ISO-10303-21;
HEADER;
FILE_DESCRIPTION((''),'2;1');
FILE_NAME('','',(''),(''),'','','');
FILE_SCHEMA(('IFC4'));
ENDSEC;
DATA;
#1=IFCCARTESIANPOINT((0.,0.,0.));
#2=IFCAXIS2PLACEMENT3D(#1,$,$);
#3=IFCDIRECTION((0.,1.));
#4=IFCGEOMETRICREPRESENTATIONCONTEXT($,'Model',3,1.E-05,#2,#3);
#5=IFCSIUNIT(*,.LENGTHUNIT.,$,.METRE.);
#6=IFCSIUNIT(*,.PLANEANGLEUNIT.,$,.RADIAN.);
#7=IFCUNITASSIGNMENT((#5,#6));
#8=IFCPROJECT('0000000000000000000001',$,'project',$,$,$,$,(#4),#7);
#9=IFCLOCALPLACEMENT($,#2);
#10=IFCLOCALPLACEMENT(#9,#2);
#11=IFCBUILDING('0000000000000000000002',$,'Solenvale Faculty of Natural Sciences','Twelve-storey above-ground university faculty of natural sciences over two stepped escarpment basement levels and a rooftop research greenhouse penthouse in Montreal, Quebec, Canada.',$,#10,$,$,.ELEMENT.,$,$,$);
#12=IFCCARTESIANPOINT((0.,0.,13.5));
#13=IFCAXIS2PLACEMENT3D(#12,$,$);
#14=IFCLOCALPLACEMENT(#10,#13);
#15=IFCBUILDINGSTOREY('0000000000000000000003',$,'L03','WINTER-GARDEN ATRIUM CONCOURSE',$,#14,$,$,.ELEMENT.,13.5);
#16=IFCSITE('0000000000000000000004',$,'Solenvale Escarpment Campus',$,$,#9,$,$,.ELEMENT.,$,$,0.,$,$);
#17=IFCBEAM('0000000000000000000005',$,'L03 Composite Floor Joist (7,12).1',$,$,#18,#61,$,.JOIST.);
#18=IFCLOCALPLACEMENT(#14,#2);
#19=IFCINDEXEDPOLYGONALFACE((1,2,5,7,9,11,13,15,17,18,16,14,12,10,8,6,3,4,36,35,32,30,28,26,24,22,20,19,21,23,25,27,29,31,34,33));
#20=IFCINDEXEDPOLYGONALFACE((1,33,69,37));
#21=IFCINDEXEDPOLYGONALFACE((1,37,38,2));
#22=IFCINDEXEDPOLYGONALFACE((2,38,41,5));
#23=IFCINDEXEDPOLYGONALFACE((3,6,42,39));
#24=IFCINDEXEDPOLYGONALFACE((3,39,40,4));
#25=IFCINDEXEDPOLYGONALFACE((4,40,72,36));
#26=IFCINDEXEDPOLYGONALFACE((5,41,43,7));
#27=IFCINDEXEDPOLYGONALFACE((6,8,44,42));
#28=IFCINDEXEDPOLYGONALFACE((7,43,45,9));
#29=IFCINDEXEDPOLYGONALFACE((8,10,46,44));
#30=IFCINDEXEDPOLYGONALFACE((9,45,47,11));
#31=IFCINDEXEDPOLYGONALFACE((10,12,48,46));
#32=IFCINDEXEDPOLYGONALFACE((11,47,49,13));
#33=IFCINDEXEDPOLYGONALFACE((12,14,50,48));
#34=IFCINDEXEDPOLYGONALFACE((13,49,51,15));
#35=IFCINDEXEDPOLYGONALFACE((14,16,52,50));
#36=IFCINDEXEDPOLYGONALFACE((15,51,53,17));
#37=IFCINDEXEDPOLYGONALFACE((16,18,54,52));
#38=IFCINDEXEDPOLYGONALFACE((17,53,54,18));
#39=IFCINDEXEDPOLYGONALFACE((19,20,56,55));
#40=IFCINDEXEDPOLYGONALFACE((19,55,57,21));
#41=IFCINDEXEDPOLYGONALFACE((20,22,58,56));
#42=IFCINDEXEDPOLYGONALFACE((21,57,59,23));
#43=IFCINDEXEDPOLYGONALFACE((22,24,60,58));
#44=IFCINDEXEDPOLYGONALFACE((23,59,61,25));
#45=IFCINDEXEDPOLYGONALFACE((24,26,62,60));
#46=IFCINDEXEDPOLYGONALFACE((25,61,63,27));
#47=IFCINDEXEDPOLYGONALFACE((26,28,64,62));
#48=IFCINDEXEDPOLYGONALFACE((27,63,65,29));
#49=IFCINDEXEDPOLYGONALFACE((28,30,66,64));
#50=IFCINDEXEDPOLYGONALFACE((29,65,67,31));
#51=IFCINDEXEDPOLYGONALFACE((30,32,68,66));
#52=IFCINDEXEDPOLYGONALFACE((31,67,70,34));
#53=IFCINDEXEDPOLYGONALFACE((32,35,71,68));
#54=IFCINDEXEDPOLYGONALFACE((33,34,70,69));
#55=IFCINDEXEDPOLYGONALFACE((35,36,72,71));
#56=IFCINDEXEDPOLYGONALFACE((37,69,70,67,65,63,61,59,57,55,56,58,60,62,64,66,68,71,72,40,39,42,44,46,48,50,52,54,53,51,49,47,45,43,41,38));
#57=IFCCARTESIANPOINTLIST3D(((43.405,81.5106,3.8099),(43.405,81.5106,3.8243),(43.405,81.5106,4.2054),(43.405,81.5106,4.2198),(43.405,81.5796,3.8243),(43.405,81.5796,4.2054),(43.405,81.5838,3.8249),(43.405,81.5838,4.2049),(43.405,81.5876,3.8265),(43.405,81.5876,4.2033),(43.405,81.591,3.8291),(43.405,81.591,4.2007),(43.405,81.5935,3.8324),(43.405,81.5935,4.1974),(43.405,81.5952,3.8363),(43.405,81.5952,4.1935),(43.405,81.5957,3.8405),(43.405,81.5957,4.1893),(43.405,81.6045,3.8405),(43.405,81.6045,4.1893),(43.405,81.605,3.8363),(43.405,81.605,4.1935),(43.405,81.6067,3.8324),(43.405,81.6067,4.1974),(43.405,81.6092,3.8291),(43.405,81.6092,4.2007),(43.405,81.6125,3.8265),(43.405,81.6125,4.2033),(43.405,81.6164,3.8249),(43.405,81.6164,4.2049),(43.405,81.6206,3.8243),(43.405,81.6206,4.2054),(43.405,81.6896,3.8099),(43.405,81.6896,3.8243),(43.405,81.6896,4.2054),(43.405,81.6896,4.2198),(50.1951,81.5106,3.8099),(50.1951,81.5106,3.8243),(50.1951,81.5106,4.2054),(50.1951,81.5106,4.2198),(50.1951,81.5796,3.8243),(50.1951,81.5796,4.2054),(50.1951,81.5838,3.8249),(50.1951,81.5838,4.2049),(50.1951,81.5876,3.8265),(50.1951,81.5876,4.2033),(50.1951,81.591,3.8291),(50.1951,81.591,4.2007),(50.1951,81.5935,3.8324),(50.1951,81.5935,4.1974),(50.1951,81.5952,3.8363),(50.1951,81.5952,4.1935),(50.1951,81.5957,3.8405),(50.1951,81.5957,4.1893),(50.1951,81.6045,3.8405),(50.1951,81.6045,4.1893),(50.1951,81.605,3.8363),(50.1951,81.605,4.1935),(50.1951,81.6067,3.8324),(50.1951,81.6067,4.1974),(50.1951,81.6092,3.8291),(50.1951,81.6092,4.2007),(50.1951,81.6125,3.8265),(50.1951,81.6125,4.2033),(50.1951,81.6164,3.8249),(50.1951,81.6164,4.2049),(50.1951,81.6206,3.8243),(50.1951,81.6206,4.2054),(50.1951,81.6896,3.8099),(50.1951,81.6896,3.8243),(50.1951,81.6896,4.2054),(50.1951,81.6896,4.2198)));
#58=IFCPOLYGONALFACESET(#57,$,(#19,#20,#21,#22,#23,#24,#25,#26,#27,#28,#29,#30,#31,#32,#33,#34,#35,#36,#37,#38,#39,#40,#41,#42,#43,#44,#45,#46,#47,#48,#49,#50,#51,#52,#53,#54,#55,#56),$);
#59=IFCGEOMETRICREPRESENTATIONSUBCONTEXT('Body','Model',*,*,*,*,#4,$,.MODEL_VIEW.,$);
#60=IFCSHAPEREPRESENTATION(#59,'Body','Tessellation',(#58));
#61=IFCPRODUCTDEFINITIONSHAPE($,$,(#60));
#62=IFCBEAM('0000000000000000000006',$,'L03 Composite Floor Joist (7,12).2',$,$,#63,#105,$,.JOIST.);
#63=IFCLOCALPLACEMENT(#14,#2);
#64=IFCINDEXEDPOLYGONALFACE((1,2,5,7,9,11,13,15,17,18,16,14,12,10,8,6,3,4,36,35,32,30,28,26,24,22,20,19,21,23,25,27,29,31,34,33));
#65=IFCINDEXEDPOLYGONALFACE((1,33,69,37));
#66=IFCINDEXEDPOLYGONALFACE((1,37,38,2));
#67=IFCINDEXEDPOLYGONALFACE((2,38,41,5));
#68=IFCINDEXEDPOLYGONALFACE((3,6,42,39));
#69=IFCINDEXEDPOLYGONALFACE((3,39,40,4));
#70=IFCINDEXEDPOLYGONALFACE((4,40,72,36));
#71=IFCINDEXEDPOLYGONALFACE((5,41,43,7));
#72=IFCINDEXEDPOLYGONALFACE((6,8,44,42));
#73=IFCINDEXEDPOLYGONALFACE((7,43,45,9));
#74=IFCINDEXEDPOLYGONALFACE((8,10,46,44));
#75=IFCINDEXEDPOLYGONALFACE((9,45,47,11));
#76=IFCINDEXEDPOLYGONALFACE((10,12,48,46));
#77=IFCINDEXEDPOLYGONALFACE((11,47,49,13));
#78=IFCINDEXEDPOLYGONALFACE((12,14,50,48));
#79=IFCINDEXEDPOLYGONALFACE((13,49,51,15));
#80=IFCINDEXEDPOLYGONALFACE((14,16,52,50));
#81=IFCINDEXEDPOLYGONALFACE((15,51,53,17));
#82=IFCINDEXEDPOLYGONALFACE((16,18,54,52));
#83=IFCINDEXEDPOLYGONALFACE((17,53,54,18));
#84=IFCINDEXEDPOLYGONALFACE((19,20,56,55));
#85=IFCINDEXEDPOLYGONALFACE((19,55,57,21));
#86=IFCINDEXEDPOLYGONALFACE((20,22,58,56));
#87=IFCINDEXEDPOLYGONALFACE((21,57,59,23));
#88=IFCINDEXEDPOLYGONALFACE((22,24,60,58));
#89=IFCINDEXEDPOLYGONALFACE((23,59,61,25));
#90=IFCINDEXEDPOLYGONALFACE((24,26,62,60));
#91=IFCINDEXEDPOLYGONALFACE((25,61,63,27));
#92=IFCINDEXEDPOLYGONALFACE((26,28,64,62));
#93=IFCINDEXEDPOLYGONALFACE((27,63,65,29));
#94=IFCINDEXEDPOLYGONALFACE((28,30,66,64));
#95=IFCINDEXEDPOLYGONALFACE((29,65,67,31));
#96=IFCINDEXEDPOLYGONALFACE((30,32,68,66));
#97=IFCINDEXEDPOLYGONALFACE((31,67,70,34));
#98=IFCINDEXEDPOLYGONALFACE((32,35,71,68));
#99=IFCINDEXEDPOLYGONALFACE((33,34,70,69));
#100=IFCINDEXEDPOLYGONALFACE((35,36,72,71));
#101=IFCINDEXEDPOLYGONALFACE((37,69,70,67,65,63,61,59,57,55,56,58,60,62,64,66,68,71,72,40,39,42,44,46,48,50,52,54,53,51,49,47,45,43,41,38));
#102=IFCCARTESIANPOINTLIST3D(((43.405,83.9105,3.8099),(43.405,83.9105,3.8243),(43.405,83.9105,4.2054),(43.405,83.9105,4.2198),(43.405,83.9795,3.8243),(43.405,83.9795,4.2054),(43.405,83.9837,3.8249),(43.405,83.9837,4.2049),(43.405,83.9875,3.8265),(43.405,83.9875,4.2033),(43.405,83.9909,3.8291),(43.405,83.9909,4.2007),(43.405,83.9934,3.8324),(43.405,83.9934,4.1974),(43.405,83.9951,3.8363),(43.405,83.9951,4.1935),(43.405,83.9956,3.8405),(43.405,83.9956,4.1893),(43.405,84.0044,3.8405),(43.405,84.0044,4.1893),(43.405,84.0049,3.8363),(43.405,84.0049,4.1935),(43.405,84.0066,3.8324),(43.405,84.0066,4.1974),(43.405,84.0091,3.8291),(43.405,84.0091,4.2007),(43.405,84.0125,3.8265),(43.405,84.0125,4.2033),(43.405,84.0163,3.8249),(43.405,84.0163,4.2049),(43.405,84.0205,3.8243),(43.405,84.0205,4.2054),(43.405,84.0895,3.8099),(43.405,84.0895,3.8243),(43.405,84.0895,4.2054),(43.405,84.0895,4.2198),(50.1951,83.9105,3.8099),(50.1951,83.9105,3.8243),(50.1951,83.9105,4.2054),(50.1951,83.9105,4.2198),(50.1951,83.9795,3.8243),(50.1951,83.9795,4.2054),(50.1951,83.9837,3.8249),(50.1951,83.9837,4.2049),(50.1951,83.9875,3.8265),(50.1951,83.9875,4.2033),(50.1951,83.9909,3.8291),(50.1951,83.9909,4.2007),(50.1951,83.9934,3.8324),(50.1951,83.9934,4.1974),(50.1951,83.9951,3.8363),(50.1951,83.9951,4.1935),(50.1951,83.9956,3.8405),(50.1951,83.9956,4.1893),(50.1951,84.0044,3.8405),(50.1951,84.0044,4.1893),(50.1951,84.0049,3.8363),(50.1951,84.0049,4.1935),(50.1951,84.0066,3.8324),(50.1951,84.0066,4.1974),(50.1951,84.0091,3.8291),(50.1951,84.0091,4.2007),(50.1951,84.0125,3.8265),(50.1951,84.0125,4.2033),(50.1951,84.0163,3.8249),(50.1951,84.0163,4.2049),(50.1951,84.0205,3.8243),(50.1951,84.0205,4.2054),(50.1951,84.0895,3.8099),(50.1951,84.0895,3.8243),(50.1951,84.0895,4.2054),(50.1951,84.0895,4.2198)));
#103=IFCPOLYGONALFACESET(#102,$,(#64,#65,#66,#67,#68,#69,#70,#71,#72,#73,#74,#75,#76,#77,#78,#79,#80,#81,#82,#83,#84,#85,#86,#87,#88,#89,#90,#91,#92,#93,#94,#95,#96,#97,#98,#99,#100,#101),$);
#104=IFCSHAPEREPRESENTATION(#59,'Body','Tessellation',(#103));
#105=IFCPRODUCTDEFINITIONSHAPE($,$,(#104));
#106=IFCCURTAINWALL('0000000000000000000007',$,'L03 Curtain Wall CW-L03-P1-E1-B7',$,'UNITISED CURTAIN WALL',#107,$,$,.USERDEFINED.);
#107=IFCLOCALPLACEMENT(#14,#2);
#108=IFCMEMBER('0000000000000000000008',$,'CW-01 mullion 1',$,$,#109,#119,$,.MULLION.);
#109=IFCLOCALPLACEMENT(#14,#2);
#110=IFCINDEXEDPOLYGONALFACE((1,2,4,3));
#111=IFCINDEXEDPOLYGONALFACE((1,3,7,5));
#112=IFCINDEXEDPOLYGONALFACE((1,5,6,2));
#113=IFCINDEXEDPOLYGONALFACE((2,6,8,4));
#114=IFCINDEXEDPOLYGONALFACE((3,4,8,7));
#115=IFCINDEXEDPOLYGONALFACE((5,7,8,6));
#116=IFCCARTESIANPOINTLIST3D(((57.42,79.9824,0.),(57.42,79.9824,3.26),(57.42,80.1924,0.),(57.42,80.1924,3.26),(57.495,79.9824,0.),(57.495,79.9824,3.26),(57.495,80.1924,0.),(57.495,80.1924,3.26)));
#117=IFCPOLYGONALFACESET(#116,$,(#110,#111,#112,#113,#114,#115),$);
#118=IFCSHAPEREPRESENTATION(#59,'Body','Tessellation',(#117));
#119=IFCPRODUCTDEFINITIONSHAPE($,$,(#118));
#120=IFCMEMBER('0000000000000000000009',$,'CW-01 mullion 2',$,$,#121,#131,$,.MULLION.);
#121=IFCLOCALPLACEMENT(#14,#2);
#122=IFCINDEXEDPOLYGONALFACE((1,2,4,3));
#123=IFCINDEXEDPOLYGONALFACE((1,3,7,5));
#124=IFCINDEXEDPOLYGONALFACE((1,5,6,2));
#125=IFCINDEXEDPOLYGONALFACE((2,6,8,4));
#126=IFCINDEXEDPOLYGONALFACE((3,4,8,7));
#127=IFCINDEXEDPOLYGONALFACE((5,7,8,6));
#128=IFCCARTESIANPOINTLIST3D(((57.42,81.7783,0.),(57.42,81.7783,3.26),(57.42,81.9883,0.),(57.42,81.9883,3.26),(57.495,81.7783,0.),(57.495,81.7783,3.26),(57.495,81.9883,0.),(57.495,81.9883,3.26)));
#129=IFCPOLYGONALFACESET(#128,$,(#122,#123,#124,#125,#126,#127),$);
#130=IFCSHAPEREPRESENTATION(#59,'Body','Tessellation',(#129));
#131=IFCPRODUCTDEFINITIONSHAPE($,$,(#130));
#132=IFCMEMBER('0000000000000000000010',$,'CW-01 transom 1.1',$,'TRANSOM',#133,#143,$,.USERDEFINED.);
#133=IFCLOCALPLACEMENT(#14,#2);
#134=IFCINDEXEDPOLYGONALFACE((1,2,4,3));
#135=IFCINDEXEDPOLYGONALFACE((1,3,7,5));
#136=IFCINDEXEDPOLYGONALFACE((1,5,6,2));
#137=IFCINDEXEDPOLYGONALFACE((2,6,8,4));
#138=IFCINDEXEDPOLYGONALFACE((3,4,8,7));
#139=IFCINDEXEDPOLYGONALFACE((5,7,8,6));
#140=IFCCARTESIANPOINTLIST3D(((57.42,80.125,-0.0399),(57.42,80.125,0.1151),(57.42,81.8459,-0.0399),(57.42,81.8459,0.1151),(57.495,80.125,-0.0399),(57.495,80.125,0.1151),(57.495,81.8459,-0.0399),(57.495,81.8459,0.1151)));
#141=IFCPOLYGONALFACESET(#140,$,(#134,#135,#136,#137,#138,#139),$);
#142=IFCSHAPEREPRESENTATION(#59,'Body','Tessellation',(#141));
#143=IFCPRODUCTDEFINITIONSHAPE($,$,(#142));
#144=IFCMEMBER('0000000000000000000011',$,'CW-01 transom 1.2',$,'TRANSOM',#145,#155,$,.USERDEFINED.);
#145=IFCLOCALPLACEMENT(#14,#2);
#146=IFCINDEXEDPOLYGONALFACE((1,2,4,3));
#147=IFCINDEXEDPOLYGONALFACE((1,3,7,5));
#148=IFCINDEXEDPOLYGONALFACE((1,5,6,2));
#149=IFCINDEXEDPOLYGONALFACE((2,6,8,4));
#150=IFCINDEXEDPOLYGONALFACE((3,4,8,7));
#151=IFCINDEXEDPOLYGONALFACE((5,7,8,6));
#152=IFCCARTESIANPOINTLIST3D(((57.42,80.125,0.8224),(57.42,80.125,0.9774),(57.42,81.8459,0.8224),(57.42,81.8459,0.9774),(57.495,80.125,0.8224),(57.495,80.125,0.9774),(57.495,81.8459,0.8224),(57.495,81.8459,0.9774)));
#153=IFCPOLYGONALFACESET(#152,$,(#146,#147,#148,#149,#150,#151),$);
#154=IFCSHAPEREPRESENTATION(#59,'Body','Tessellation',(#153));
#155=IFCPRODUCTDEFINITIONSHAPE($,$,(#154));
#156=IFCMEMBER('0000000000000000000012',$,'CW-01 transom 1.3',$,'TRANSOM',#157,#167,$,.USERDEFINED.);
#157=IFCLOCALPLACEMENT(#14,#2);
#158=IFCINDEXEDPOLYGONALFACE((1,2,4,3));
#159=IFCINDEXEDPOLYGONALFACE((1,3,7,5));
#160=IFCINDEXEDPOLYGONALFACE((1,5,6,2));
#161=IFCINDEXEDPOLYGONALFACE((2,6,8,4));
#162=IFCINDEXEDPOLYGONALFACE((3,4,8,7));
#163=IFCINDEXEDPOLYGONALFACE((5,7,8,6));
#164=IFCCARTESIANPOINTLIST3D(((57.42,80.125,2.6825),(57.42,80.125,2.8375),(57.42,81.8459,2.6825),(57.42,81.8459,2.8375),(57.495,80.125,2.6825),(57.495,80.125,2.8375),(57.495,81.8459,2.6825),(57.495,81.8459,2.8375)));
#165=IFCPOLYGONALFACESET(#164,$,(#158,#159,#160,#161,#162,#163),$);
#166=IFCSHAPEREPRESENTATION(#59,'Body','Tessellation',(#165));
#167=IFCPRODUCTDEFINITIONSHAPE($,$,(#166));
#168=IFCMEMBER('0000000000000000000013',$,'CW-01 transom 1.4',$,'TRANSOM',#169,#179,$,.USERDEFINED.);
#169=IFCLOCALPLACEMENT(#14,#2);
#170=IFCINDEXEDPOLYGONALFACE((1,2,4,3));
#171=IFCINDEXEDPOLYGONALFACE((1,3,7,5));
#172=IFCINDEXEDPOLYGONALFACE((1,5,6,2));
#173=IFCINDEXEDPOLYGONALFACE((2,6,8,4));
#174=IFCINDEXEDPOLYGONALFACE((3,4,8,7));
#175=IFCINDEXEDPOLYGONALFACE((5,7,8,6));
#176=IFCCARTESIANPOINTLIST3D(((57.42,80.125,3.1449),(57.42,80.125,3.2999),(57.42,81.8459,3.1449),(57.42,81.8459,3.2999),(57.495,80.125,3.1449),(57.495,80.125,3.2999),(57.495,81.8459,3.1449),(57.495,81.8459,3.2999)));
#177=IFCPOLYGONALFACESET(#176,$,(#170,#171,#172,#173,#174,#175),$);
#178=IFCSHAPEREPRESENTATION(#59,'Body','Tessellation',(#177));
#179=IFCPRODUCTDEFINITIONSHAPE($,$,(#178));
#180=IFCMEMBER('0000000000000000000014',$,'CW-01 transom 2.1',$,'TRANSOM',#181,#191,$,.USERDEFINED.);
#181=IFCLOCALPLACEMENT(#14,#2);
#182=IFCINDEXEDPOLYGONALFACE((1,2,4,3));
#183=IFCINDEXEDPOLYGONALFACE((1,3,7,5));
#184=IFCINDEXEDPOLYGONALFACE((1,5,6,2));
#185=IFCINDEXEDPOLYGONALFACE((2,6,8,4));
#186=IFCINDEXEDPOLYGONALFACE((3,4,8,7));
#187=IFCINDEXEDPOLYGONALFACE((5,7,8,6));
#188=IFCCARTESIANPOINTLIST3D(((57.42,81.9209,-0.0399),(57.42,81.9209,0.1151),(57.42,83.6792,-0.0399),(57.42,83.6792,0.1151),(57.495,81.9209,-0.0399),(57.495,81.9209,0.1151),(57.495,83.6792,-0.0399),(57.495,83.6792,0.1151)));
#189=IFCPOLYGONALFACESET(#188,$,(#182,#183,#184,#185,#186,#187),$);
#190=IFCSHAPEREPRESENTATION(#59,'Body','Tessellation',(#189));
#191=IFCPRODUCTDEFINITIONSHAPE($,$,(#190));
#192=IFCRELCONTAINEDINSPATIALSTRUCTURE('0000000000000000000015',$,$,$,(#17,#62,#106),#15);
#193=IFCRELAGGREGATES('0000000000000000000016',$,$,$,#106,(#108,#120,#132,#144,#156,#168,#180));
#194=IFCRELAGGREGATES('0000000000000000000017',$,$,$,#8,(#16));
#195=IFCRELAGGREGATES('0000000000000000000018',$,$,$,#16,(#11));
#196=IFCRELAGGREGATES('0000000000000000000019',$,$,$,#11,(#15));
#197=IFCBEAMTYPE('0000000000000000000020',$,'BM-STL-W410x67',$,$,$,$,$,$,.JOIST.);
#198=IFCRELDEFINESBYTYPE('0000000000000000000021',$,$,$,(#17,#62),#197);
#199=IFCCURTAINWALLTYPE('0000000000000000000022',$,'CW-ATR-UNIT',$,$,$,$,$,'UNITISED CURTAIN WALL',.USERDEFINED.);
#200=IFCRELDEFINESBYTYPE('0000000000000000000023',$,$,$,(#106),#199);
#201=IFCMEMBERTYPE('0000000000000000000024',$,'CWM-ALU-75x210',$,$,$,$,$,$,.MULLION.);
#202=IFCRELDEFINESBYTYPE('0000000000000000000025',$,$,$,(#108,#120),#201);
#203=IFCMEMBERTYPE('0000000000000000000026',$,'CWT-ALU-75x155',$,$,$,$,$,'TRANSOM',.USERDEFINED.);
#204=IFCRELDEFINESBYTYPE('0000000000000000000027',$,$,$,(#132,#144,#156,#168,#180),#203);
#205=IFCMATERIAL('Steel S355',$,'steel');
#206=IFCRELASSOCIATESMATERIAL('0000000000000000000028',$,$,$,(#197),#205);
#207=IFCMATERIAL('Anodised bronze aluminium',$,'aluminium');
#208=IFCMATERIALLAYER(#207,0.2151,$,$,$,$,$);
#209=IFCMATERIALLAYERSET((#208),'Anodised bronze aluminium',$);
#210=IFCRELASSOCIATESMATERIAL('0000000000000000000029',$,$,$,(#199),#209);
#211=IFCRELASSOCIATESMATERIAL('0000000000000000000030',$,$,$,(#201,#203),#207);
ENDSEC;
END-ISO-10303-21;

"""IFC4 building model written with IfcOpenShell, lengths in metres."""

from ifc_helpers import new_model, si_unit, direction, frame, origin, origin_2d, place, context, subcontext, project, spatial, rectangle, i_section, extrude, material, layer, layer_set, material_profile, profile_set, type_object, element, aggregate, save


model = new_model("IFC4")

# Units and contexts
model_context = context("Model", 3, precision=1e-05, world=origin(), true_north=direction((0.0, 1.0)))
body_context = subcontext(model_context, "Body", "Model", "MODEL_VIEW")
ifc_project = project(units=[si_unit("LENGTHUNIT", "METRE"), si_unit("PLANEANGLEUNIT", "RADIAN")], contexts=[model_context])

# Site, building, storey
site_placement = place(None, origin())
site = spatial("IfcSite", under=ifc_project, at=site_placement, Name="Solenvale Escarpment Campus", CompositionType="ELEMENT", RefElevation=0.0)
building_placement = place(site_placement, origin())
building = spatial("IfcBuilding", under=site, at=building_placement, Name="Solenvale Faculty of Natural Sciences", Description="Twelve-storey above-ground university faculty of natural sciences over two stepped escarpment basement levels and a rooftop research greenhouse penthouse in Montreal, Quebec, Canada.", CompositionType="ELEMENT")
storey_placement = place(building_placement, frame((0.0, 0.0, 13.5)))
storey = spatial("IfcBuildingStorey", under=building, at=storey_placement, Name="L03", Description="WINTER-GARDEN ATRIUM CONCOURSE", CompositionType="ELEMENT", Elevation=13.5)

# Beams
ifc_material_1 = material(Name="Steel S355", Category="steel")
ifc_material_profile_1 = material_profile(ifc_material_1, i_section(OverallWidth=0.179, OverallDepth=0.4099, WebThickness=0.0088, FlangeThickness=0.0144, FilletRadius=0.0161, at=origin_2d()), Name="W410x67")
ifc_profile_set_1 = profile_set([ifc_material_profile_1], Name="Steel S355")
beam_type_1 = type_object("IfcBeamType", Name="BM-STL-W410x67", PredefinedType="JOIST", material=ifc_profile_set_1)
for number, where, z_axis, x_axis, name in (
    (1, (43.405, 81.6001, 4.0149), (1.0, 0.0, 0.0), (0.0, 1.0, 0.0), "L03 Composite Floor Joist (7,12).1"),
    (2, (43.405, 84.0, 4.0149), (1.0, 0.0, 0.0), (0.0, 1.0, 0.0), "L03 Composite Floor Joist (7,12).2"),
):
    element("IfcBeam", number, at=place(storey_placement, frame(where, z_axis=z_axis, x_axis=x_axis)), inside=storey, type_object=beam_type_1, Name=name, PredefinedType="JOIST", context=body_context, shape_type="SweptSolid", body=[
        extrude(i_section(OverallWidth=0.179, OverallDepth=0.4099, WebThickness=0.0088, FlangeThickness=0.0144, FilletRadius=0.0161, at=origin_2d()), origin(), (0.0, 0.0, 1.0), 6.79),
    ])

# Curtain wall, members
ifc_material_2 = material(Name="Anodised bronze aluminium", Category="aluminium")
ifc_layer_1 = layer(ifc_material_2, 0.2151)
ifc_layer_set_1 = layer_set([ifc_layer_1], Name="Anodised bronze aluminium")
curtain_wall_type = type_object("IfcCurtainWallType", Name="CW-ATR-UNIT", ElementType="UNITISED CURTAIN WALL", PredefinedType="USERDEFINED", material=ifc_layer_set_1)
curtain_wall_placement = place(storey_placement, origin())
curtain_wall = element("IfcCurtainWall", 3, at=curtain_wall_placement, inside=storey, type_object=curtain_wall_type, Name="L03 Curtain Wall CW-L03-P1-E1-B7", ObjectType="UNITISED CURTAIN WALL", PredefinedType="USERDEFINED")
ifc_material_profile_2 = material_profile(ifc_material_2, rectangle(XDim=0.075, YDim=0.21, at=origin_2d()), Name="ALU-MUL-75x210")
ifc_profile_set_2 = profile_set([ifc_material_profile_2], Name="Anodised bronze aluminium")
member_type_1 = type_object("IfcMemberType", Name="CWM-ALU-75x210", PredefinedType="MULLION", material=ifc_profile_set_2)
member_1_placement = place(storey_placement, frame((57.4575, 80.0874, 0.0), z_axis=(0.0, 0.0, 1.0), x_axis=(-1.0, 0.0, 0.0)))
member_1 = element("IfcMember", 4, at=member_1_placement, type_object=member_type_1, Name="CW-01 mullion 1", PredefinedType="MULLION", context=body_context, shape_type="SweptSolid", body=[
    extrude(rectangle(XDim=0.075, YDim=0.21, at=origin_2d()), origin(), (0.0, 0.0, 1.0), 3.26),
])
member_2_placement = place(storey_placement, frame((57.4575, 81.8833, 0.0), z_axis=(0.0, 0.0, 1.0), x_axis=(-1.0, 0.0, 0.0)))
member_2 = element("IfcMember", 5, at=member_2_placement, type_object=member_type_1, Name="CW-01 mullion 2", PredefinedType="MULLION", context=body_context, shape_type="SweptSolid", body=[
    extrude(rectangle(XDim=0.075, YDim=0.21, at=origin_2d()), origin(), (0.0, 0.0, 1.0), 3.26),
])
ifc_material_profile_3 = material_profile(ifc_material_2, rectangle(XDim=0.075, YDim=0.155, at=origin_2d()), Name="ALU-TRN-75x155")
ifc_profile_set_3 = profile_set([ifc_material_profile_3], Name="Anodised bronze aluminium")
member_type_2 = type_object("IfcMemberType", Name="CWT-ALU-75x155", ElementType="TRANSOM", PredefinedType="USERDEFINED", material=ifc_profile_set_3)
member_3_placement = place(storey_placement, frame((57.4575, 80.125, 0.0376), z_axis=(0.0, 1.0, 0.0), x_axis=(-1.0, 0.0, 0.0)))
member_3 = element("IfcMember", 6, at=member_3_placement, type_object=member_type_2, Name="CW-01 transom 1.1", ObjectType="TRANSOM", PredefinedType="USERDEFINED", context=body_context, shape_type="SweptSolid", body=[
    extrude(rectangle(XDim=0.075, YDim=0.155, at=origin_2d()), origin(), (0.0, 0.0, 1.0), 1.7209),
])
member_4_placement = place(storey_placement, frame((57.4575, 80.125, 0.8999), z_axis=(0.0, 1.0, 0.0), x_axis=(-1.0, 0.0, 0.0)))
member_4 = element("IfcMember", 7, at=member_4_placement, type_object=member_type_2, Name="CW-01 transom 1.2", ObjectType="TRANSOM", PredefinedType="USERDEFINED", context=body_context, shape_type="SweptSolid", body=[
    extrude(rectangle(XDim=0.075, YDim=0.155, at=origin_2d()), origin(), (0.0, 0.0, 1.0), 1.7209),
])
member_5_placement = place(storey_placement, frame((57.4575, 80.125, 2.76), z_axis=(0.0, 1.0, 0.0), x_axis=(-1.0, 0.0, 0.0)))
member_5 = element("IfcMember", 8, at=member_5_placement, type_object=member_type_2, Name="CW-01 transom 1.3", ObjectType="TRANSOM", PredefinedType="USERDEFINED", context=body_context, shape_type="SweptSolid", body=[
    extrude(rectangle(XDim=0.075, YDim=0.155, at=origin_2d()), origin(), (0.0, 0.0, 1.0), 1.7209),
])
member_6_placement = place(storey_placement, frame((57.4575, 80.125, 3.2224), z_axis=(0.0, 1.0, 0.0), x_axis=(-1.0, 0.0, 0.0)))
member_6 = element("IfcMember", 9, at=member_6_placement, type_object=member_type_2, Name="CW-01 transom 1.4", ObjectType="TRANSOM", PredefinedType="USERDEFINED", context=body_context, shape_type="SweptSolid", body=[
    extrude(rectangle(XDim=0.075, YDim=0.155, at=origin_2d()), origin(), (0.0, 0.0, 1.0), 1.7209),
])
member_7_placement = place(storey_placement, frame((57.4575, 81.9209, 0.0376), z_axis=(0.0, 1.0, 0.0), x_axis=(-1.0, 0.0, 0.0)))
member_7 = element("IfcMember", 10, at=member_7_placement, type_object=member_type_2, Name="CW-01 transom 2.1", ObjectType="TRANSOM", PredefinedType="USERDEFINED", context=body_context, shape_type="SweptSolid", body=[
    extrude(rectangle(XDim=0.075, YDim=0.155, at=origin_2d()), origin(), (0.0, 0.0, 1.0), 1.7583),
])
aggregate(curtain_wall, [member_1, member_2, member_3, member_4, member_5, member_6, member_7])

save(model, "model.ifc")
